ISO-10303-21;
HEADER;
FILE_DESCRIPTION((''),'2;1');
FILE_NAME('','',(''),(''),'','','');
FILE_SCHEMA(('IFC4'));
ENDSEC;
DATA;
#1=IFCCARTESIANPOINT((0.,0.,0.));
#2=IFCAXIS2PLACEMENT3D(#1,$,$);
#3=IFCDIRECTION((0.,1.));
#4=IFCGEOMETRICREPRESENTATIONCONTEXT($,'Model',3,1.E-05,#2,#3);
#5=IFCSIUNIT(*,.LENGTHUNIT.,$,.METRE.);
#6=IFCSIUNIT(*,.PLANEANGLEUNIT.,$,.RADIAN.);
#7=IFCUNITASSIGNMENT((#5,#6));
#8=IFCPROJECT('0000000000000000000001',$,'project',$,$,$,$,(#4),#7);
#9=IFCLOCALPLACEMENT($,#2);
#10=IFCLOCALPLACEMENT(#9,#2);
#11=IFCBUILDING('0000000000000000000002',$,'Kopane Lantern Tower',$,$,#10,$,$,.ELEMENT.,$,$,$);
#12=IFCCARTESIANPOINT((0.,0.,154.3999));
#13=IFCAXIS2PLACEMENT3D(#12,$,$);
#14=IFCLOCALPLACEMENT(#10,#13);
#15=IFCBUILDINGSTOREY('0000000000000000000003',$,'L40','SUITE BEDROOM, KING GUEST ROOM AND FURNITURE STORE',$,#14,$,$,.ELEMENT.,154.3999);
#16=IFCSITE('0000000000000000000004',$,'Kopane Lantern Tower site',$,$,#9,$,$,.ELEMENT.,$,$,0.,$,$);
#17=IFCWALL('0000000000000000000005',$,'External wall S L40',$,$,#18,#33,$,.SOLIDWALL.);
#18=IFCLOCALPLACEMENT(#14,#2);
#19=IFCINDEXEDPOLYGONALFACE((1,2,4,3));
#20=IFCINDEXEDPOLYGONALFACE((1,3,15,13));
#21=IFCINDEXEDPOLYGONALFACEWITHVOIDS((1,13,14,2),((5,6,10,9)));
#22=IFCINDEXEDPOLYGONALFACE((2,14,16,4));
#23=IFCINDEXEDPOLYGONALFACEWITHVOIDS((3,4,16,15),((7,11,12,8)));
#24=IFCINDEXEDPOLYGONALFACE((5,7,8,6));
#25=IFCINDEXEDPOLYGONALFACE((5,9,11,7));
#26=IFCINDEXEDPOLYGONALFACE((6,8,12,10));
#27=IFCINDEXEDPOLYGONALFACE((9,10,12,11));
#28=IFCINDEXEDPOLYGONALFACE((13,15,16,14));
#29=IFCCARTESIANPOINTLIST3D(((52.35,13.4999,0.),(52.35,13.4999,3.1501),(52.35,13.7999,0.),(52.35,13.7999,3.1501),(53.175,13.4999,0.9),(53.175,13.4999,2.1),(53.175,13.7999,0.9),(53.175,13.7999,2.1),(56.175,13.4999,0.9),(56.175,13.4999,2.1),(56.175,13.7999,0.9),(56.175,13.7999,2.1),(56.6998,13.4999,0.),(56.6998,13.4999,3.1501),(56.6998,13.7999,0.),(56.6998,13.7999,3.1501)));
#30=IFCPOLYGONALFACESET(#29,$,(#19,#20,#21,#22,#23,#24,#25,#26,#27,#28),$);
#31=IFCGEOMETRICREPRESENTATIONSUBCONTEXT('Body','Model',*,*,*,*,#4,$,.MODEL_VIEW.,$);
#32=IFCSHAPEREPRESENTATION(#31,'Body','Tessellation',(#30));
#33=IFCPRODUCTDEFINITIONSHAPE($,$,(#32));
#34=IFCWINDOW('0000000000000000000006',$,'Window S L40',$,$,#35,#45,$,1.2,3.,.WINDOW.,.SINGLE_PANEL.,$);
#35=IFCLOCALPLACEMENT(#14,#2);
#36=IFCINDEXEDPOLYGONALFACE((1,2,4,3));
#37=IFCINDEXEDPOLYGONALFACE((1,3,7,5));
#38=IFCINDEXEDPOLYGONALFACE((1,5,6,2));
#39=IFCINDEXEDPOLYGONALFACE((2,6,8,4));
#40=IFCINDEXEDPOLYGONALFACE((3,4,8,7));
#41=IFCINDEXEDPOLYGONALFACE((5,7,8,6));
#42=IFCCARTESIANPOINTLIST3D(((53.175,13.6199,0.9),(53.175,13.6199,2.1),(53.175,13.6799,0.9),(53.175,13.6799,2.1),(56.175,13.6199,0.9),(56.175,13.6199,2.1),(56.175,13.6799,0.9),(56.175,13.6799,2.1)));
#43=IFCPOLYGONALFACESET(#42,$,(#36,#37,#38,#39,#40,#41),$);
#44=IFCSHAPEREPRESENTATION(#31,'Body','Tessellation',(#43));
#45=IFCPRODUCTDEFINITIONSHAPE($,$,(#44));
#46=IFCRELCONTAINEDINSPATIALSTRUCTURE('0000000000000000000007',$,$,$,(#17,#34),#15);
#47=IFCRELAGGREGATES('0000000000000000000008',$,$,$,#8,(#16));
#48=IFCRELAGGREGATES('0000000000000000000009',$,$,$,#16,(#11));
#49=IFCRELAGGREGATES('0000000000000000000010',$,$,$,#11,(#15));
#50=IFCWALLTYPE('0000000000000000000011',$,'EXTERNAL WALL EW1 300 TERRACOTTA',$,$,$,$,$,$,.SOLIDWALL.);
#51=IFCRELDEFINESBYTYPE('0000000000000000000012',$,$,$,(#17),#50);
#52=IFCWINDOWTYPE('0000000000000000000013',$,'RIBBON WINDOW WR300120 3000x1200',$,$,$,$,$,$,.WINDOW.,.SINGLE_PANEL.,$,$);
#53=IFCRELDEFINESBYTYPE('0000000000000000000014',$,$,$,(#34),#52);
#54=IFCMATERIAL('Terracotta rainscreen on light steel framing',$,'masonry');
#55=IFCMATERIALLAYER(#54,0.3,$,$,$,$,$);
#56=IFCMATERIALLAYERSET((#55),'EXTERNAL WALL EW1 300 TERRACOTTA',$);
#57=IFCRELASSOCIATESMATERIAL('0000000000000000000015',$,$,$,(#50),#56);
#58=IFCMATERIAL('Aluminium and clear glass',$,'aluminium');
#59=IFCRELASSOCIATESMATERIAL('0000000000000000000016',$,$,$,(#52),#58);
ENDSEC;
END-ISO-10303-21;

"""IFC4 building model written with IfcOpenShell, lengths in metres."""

from ifc_helpers import new_model, si_unit, direction, frame, frame_2d, origin, place, context, subcontext, project, spatial, rectangle, extrude, material, layer, layer_set, type_object, element, fill, save


model = new_model("IFC4")

# Units and contexts
model_context = context("Model", 3, precision=1e-05, world=origin(), true_north=direction((0.0, 1.0)))
body_context = subcontext(model_context, "Body", "Model", "MODEL_VIEW")
ifc_project = project(units=[si_unit("LENGTHUNIT", "METRE"), si_unit("PLANEANGLEUNIT", "RADIAN")], contexts=[model_context])

# Site, building, storey
site_placement = place(None, origin())
site = spatial("IfcSite", under=ifc_project, at=site_placement, Name="Kopane Lantern Tower site", CompositionType="ELEMENT", RefElevation=0.0)
building_placement = place(site_placement, origin())
building = spatial("IfcBuilding", under=site, at=building_placement, Name="Kopane Lantern Tower", CompositionType="ELEMENT")
storey_placement = place(building_placement, frame((0.0, 0.0, 154.3999)))
storey = spatial("IfcBuildingStorey", under=building, at=storey_placement, Name="L40", Description="SUITE BEDROOM, KING GUEST ROOM AND FURNITURE STORE", CompositionType="ELEMENT", Elevation=154.3999)

# Wall, opening, window
ifc_material_1 = material(Name="Terracotta rainscreen on light steel framing", Category="masonry")
ifc_layer_1 = layer(ifc_material_1, 0.3)
ifc_layer_set_1 = layer_set([ifc_layer_1], Name="EXTERNAL WALL EW1 300 TERRACOTTA")
wall_type_1 = type_object("IfcWallType", Name="EXTERNAL WALL EW1 300 TERRACOTTA", PredefinedType="SOLIDWALL", material=ifc_layer_set_1)
ifc_material_2 = material(Name="Aluminium and clear glass", Category="aluminium")
window_type = type_object("IfcWindowType", Name="RIBBON WINDOW WR300120 3000x1200", PartitioningType="SINGLE_PANEL", PredefinedType="WINDOW", material=ifc_material_2)
wall_1_placement = place(storey_placement, frame((52.3501, 13.6499, 0.0), z_axis=(0.0, 0.0, 1.0), x_axis=(1.0, 0.0, 0.0)))
wall_1 = element("IfcWall", 1, at=wall_1_placement, inside=storey, type_object=wall_type_1, Name="External wall S L40", PredefinedType="SOLIDWALL", context=body_context, shape_type="SweptSolid", body=[
    extrude(rectangle(XDim=4.3499, YDim=0.3, at=frame_2d((2.1748, 0.0))), origin(), (0.0, 0.0, 1.0), 3.1501),
])
opening_1_placement = place(wall_1_placement, frame((0.825, 0.0, 0.8999)))
opening_1 = element("IfcOpeningElement", 2, at=opening_1_placement, cuts=wall_1, PredefinedType="OPENING", context=body_context, shape_type="SweptSolid", body=[
    extrude(rectangle(XDim=3.0, YDim=1.2, at=frame_2d((1.5, 0.6001))), frame((0.0, 0.1599, 0.0), z_axis=(0.0, -1.0, 0.0), x_axis=(1.0, 0.0, 0.0)), (0.0, 0.0, 1.0), 0.3201),
])
window_1_placement = place(opening_1_placement, origin())
window_1 = element("IfcWindow", 3, at=window_1_placement, inside=storey, type_object=window_type, Name="Window S L40", OverallHeight=1.2, OverallWidth=3.0, PartitioningType="SINGLE_PANEL", PredefinedType="WINDOW", context=body_context, shape_type="SweptSolid", body=[
    extrude(rectangle(XDim=3.0, YDim=1.2, at=frame_2d((1.5, 0.6001))), frame((0.0, 0.03, 0.0), z_axis=(0.0, -1.0, 0.0), x_axis=(1.0, 0.0, 0.0)), (0.0, 0.0, 1.0), 0.0601),
])
fill(opening_1, window_1)

save(model, "model.ifc")
